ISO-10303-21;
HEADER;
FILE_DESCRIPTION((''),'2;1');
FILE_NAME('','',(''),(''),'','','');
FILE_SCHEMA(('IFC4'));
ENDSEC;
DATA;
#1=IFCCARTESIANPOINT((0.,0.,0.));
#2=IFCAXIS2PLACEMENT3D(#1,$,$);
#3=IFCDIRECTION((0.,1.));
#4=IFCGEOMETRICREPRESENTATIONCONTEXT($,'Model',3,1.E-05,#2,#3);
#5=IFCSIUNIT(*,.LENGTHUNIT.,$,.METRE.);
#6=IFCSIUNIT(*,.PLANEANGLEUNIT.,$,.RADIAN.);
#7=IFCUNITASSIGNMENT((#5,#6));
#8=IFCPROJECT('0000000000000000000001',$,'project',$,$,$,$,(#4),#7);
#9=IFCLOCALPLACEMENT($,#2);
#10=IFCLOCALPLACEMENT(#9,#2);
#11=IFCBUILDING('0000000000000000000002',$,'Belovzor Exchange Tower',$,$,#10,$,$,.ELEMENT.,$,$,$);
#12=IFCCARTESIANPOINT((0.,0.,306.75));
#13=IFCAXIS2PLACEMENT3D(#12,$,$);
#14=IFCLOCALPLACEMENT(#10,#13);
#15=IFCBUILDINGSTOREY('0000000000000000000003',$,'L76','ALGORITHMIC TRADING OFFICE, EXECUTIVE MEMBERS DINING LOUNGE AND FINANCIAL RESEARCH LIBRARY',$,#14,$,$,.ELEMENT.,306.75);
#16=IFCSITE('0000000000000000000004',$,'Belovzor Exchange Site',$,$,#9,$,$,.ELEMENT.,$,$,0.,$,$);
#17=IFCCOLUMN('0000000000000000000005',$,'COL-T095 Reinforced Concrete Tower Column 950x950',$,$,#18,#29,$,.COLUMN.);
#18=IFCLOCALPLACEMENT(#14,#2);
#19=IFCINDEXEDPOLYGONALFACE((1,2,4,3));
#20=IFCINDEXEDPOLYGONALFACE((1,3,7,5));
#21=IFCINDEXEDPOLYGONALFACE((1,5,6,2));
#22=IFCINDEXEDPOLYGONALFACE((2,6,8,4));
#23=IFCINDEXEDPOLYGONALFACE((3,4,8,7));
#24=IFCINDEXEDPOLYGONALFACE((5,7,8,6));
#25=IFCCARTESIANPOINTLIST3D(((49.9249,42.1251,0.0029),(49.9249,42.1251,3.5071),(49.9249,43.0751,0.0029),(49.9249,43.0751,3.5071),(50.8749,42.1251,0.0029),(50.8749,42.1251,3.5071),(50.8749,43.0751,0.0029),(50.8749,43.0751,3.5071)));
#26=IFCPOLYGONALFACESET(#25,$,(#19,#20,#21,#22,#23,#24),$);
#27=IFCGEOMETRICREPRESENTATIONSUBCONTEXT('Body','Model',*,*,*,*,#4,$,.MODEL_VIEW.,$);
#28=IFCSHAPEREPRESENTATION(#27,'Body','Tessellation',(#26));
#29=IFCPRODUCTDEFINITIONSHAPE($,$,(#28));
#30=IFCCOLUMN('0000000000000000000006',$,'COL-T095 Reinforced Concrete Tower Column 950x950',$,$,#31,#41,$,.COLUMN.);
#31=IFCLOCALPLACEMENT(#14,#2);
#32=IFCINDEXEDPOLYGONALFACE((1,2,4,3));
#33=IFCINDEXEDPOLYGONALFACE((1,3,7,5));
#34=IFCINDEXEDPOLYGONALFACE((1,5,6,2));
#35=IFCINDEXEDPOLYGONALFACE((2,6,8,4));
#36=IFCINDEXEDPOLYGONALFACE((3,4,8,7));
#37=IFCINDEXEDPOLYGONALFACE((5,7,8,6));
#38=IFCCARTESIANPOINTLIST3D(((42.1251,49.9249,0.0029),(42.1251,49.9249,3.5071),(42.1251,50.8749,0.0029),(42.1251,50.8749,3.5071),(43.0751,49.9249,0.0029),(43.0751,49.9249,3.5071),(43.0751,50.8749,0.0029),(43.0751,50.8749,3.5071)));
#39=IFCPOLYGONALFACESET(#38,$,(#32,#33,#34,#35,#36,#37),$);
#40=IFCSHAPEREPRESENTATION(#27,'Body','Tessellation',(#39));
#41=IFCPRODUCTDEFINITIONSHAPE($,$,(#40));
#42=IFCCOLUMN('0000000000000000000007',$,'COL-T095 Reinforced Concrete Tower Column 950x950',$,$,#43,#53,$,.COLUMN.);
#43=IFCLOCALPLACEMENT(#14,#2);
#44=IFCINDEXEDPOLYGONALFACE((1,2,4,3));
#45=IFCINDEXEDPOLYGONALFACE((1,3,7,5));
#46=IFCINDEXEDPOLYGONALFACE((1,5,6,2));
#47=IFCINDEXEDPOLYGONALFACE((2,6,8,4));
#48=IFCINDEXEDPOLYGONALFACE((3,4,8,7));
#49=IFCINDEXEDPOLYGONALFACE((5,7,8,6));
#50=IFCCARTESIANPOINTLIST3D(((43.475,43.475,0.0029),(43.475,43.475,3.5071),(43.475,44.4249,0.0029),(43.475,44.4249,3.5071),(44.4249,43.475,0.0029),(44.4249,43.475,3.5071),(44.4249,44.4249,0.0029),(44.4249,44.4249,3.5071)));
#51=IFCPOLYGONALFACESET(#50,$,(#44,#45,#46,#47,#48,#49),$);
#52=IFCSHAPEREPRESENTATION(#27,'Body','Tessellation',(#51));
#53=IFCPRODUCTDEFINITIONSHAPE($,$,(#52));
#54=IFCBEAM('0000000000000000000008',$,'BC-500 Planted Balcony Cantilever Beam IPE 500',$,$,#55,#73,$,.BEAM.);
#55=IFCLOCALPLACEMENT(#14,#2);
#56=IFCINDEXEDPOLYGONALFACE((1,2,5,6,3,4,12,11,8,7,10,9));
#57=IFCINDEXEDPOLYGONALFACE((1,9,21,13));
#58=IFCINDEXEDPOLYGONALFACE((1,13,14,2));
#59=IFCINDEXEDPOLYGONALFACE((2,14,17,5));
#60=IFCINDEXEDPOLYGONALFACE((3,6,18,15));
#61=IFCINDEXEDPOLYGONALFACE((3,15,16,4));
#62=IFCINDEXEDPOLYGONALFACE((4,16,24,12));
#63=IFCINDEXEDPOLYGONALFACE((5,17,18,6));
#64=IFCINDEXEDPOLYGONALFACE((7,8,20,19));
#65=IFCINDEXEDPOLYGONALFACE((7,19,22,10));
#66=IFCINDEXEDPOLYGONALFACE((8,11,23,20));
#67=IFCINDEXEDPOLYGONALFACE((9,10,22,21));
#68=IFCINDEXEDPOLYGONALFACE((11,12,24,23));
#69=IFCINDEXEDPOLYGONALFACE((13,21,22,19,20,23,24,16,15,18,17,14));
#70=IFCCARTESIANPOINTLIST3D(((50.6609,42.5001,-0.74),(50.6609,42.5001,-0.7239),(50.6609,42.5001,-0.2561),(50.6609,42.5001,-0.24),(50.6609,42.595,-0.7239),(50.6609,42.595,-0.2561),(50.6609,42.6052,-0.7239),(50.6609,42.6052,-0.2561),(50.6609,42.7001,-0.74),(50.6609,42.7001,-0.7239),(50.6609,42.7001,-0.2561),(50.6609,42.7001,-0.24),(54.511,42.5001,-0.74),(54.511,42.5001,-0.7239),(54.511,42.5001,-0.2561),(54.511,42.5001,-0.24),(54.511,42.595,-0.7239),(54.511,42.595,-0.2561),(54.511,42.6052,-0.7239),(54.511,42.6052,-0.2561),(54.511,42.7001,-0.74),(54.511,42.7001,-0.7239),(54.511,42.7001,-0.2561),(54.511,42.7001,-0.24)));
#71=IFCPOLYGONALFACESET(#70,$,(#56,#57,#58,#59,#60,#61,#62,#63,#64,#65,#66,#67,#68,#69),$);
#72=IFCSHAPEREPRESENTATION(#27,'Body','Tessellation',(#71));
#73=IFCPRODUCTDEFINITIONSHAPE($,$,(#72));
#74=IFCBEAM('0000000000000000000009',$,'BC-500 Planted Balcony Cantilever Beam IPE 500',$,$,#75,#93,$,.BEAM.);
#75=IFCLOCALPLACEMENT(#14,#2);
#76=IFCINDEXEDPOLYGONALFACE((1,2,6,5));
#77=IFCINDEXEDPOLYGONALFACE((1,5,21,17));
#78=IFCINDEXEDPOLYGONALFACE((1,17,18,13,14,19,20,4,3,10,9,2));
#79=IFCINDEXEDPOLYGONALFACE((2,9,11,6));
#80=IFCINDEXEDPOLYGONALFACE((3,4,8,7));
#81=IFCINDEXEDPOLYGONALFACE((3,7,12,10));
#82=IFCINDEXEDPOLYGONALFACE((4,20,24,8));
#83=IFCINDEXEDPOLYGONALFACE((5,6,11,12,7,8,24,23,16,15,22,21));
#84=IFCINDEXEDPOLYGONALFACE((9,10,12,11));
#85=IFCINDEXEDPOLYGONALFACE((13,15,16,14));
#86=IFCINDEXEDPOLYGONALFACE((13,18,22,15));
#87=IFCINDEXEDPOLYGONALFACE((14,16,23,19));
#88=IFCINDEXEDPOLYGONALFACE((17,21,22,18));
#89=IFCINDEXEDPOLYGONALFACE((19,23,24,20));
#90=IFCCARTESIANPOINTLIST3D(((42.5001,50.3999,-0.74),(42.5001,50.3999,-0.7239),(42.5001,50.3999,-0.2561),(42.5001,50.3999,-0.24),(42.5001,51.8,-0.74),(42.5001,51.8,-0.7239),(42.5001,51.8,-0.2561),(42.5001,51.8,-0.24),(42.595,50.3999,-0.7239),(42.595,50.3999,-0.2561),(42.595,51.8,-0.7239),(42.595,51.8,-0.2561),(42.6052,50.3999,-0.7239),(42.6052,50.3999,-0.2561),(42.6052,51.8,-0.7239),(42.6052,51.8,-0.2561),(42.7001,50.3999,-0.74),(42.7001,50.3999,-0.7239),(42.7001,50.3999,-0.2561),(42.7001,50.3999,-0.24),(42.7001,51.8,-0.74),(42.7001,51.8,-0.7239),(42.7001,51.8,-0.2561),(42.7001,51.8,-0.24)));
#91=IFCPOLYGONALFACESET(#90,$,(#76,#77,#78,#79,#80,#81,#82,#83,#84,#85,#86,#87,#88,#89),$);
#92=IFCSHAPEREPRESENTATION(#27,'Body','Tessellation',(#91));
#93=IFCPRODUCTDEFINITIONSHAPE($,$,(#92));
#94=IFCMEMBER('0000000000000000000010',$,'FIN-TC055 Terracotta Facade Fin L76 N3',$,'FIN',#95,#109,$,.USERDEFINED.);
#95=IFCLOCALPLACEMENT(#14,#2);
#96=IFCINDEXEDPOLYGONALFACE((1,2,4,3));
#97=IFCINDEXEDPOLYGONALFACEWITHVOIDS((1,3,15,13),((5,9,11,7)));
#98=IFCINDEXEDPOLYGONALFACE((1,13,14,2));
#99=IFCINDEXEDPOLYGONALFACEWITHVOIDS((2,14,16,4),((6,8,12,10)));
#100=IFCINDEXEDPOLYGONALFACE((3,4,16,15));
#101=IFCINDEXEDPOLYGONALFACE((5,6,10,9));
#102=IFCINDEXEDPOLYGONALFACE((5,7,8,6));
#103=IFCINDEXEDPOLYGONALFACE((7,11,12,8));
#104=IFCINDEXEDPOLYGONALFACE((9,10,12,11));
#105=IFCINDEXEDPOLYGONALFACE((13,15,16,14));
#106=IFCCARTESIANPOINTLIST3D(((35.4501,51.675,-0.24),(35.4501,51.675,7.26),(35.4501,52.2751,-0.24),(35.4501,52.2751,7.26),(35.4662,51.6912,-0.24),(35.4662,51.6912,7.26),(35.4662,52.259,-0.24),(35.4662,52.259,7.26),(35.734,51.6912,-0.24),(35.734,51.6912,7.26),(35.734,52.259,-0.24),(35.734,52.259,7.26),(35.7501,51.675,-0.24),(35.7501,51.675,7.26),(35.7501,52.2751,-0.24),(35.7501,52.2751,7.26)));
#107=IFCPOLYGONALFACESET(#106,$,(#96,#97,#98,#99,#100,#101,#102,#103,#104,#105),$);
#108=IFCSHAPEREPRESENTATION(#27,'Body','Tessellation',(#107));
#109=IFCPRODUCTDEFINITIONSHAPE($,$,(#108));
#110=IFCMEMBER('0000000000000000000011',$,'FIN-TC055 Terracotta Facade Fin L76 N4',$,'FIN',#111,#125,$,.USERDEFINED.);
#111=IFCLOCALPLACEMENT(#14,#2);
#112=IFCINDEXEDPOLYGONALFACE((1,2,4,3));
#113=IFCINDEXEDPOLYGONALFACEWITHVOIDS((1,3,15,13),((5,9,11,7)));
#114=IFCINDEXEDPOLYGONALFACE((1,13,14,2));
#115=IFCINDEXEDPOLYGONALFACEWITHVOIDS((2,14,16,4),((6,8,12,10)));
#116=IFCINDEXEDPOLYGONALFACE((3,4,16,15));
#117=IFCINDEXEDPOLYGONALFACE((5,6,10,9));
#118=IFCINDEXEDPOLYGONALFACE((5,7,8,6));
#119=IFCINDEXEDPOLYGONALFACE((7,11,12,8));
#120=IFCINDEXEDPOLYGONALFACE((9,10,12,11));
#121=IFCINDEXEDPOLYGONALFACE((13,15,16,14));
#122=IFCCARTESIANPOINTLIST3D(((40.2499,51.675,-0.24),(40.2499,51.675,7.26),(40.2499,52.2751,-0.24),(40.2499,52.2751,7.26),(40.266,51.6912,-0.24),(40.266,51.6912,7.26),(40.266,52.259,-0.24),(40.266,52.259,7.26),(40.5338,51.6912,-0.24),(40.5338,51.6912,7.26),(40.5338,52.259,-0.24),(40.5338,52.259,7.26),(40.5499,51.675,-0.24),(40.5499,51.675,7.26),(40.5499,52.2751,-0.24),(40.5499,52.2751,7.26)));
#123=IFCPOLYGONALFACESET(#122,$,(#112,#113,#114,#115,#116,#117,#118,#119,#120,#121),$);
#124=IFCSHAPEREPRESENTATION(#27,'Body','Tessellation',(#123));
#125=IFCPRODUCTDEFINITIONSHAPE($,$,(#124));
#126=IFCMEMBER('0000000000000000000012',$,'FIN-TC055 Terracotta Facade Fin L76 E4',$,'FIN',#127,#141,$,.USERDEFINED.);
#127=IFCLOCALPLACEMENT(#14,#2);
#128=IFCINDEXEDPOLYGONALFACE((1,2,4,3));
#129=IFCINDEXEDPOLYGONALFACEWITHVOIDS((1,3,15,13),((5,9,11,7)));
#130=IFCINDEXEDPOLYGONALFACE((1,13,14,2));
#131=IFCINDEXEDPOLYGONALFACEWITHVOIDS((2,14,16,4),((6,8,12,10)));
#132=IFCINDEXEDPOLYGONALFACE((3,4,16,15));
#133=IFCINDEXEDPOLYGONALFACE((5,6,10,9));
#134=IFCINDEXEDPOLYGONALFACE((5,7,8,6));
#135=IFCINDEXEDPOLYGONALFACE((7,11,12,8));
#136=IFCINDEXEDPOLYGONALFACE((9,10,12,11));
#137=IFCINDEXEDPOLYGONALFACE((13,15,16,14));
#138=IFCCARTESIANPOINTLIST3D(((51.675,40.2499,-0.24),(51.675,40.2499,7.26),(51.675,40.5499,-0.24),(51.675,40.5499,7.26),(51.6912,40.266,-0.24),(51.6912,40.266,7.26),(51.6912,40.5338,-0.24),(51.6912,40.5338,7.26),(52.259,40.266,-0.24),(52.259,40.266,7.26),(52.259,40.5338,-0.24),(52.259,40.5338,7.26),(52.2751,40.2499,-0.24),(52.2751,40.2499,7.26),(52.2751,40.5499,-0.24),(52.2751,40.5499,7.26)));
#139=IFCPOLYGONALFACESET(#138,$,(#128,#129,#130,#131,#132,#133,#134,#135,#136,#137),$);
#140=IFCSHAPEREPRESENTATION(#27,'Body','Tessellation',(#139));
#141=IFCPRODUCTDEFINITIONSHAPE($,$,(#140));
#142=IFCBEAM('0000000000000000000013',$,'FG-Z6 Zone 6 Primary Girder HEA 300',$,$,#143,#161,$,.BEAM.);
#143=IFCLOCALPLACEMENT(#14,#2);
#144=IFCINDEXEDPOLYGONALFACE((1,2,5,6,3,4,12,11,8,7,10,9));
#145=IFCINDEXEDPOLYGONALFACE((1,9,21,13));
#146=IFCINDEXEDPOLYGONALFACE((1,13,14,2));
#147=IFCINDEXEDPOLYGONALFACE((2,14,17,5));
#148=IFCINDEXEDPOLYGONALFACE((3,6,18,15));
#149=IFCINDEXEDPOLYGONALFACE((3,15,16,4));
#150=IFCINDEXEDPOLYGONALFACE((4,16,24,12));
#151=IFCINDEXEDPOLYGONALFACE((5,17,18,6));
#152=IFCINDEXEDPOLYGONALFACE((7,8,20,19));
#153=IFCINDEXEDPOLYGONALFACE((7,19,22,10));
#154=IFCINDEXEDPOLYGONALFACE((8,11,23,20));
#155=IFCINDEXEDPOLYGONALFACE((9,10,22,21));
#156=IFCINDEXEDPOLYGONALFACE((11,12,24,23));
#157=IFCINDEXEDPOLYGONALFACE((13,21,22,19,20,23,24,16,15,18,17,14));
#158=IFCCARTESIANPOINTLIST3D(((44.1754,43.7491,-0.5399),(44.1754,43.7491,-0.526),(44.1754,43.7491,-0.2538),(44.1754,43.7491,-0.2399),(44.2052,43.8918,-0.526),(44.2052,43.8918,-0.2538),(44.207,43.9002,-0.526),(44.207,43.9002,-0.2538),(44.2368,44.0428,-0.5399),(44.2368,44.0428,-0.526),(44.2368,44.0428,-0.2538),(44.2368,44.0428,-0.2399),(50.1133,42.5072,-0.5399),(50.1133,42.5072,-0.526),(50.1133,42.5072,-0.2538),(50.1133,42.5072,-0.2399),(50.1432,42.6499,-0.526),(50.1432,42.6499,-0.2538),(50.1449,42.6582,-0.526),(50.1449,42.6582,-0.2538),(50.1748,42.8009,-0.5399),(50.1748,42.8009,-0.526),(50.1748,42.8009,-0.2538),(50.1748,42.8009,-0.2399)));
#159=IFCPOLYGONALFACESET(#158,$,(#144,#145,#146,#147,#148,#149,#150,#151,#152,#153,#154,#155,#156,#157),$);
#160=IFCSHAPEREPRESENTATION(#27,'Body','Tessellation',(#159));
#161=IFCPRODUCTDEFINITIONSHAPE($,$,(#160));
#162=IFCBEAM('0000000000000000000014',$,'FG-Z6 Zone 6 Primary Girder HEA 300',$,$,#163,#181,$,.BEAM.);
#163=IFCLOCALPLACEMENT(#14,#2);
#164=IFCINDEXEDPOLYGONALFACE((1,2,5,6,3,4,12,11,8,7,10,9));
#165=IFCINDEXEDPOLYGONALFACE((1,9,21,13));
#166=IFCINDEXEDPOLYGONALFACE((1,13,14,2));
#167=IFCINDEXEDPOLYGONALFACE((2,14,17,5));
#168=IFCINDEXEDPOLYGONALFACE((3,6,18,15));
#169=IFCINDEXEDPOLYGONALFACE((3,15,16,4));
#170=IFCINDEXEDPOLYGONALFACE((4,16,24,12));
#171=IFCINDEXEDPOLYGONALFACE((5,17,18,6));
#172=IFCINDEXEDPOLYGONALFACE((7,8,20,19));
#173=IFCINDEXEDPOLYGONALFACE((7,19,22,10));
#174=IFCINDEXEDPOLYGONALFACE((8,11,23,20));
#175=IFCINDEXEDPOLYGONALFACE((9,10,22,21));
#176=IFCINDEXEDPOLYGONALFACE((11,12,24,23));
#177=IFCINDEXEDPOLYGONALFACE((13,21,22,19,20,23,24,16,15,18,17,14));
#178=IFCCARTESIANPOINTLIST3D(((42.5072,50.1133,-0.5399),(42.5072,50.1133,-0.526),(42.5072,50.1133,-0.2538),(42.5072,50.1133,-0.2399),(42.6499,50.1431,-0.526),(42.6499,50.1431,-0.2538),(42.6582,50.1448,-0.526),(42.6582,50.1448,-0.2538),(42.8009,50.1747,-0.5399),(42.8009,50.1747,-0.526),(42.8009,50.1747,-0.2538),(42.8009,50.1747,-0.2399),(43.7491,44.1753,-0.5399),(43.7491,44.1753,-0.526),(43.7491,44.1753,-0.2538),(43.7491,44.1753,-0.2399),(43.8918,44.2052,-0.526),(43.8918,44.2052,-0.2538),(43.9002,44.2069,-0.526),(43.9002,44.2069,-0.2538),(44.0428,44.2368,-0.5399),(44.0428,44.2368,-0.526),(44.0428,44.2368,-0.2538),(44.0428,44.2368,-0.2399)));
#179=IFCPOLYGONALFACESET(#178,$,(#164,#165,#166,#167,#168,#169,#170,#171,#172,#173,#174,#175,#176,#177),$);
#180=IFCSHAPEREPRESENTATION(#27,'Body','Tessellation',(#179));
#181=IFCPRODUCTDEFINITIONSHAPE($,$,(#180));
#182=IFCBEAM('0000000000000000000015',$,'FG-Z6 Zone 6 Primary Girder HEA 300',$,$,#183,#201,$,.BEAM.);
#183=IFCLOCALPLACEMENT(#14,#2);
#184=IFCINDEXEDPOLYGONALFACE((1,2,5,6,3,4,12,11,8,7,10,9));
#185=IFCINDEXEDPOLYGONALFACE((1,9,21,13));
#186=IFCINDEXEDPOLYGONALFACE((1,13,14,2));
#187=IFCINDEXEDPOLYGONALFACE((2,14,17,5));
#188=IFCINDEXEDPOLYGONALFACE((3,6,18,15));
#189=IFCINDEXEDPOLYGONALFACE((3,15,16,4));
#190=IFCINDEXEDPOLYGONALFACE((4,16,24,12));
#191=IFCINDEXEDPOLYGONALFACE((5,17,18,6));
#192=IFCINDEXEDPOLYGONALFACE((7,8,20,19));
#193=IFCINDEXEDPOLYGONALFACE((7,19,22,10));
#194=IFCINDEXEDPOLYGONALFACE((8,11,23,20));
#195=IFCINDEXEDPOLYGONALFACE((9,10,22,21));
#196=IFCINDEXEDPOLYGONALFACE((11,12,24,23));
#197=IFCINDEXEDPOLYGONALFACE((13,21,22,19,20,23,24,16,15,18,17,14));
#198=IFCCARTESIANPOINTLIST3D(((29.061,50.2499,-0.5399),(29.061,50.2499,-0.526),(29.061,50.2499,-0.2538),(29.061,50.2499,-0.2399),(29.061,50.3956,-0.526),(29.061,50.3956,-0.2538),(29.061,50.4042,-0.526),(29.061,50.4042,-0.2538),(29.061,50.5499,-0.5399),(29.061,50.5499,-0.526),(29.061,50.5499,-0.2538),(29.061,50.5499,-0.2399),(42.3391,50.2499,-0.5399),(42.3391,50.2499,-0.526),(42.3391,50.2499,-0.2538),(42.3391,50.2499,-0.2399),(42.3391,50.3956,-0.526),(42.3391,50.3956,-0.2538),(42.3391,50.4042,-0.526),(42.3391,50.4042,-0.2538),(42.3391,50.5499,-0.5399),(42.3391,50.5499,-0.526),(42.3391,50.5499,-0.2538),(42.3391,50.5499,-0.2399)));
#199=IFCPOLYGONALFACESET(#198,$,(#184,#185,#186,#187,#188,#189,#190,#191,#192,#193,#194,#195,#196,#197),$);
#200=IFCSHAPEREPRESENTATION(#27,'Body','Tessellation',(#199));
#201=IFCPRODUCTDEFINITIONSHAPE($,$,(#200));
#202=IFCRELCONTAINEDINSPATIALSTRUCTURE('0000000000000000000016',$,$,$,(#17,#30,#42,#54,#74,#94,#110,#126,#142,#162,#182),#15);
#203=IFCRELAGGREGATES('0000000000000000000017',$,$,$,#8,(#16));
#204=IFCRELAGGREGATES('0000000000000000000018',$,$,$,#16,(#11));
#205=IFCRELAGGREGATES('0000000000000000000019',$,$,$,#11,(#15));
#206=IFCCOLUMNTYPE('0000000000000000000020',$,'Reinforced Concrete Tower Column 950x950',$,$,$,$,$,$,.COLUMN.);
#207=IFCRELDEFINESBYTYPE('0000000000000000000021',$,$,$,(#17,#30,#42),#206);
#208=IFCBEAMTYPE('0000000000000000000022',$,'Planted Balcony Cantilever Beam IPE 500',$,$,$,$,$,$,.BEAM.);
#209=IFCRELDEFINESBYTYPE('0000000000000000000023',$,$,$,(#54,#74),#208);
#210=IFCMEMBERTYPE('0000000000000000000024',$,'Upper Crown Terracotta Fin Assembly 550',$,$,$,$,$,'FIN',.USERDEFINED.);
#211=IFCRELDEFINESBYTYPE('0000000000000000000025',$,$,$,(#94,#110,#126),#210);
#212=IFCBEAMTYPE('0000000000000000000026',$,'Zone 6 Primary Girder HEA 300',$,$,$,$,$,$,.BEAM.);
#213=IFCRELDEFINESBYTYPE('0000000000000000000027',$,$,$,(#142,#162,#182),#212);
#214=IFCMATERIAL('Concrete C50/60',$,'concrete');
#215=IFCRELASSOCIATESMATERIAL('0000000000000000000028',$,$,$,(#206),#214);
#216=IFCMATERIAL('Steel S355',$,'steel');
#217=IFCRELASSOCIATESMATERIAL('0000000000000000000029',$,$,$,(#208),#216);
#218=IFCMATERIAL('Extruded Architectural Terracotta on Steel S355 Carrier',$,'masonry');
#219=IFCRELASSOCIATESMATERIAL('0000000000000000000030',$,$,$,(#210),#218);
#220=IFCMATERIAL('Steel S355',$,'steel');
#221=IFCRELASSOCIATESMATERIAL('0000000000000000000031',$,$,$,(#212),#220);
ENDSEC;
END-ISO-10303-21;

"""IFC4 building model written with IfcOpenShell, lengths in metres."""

from ifc_helpers import new_model, si_unit, direction, frame, origin, origin_2d, place, context, subcontext, project, spatial, rectangle, hollow_rectangle, i_section, extrude, material, material_profile, profile_set, type_object, element, save


model = new_model("IFC4")

# Units and contexts
model_context = context("Model", 3, precision=1e-05, world=origin(), true_north=direction((0.0, 1.0)))
body_context = subcontext(model_context, "Body", "Model", "MODEL_VIEW")
ifc_project = project(units=[si_unit("LENGTHUNIT", "METRE"), si_unit("PLANEANGLEUNIT", "RADIAN")], contexts=[model_context])

# Site, building, storey
site_placement = place(None, origin())
site = spatial("IfcSite", under=ifc_project, at=site_placement, Name="Belovzor Exchange Site", CompositionType="ELEMENT", RefElevation=0.0)
building_placement = place(site_placement, origin())
building = spatial("IfcBuilding", under=site, at=building_placement, Name="Belovzor Exchange Tower", CompositionType="ELEMENT")
storey_placement = place(building_placement, frame((0.0, 0.0, 306.75)))
storey = spatial("IfcBuildingStorey", under=building, at=storey_placement, Name="L76", Description="ALGORITHMIC TRADING OFFICE, EXECUTIVE MEMBERS DINING LOUNGE AND FINANCIAL RESEARCH LIBRARY", CompositionType="ELEMENT", Elevation=306.75)

# Columns
ifc_material_1 = material(Name="Concrete C50/60", Category="concrete")
ifc_material_profile_1 = material_profile(ifc_material_1, rectangle(XDim=0.95, YDim=0.95, at=origin_2d()))
ifc_profile_set_1 = profile_set([ifc_material_profile_1], Name="Concrete C50/60")
column_type = type_object("IfcColumnType", Name="Reinforced Concrete Tower Column 950x950", PredefinedType="COLUMN", material=ifc_profile_set_1)
for number, where, z_axis, x_axis, name in (
    (1, (50.3999, 42.6001, 0.0029), (0.0, 0.0, 1.0), (1.0, 0.0, 0.0), "COL-T095 Reinforced Concrete Tower Column 950x950"),
    (2, (42.6001, 50.3999, 0.0029), (0.0, 0.0, 1.0), (1.0, 0.0, 0.0), "COL-T095 Reinforced Concrete Tower Column 950x950"),
    (3, (43.95, 43.95, 0.0029), (0.0, 0.0, 1.0), (1.0, 0.0, 0.0), "COL-T095 Reinforced Concrete Tower Column 950x950"),
):
    element("IfcColumn", number, at=place(storey_placement, frame(where, z_axis=z_axis, x_axis=x_axis)), inside=storey, type_object=column_type, Name=name, PredefinedType="COLUMN", context=body_context, shape_type="SweptSolid", body=[
        extrude(rectangle(XDim=0.95, YDim=0.95, at=origin_2d()), origin(), (0.0, 0.0, 1.0), 3.5042),
    ])

# Beams
ifc_material_2 = material(Name="Steel S355", Category="steel")
ifc_material_profile_2 = material_profile(ifc_material_2, i_section(OverallWidth=0.2, OverallDepth=0.5, WebThickness=0.0103, FlangeThickness=0.0161, at=origin_2d()))
ifc_profile_set_2 = profile_set([ifc_material_profile_2], Name="Steel S355")
beam_type_1 = type_object("IfcBeamType", Name="Planted Balcony Cantilever Beam IPE 500", PredefinedType="BEAM", material=ifc_profile_set_2)
beam_1_placement = place(storey_placement, frame((50.6609, 42.6001, -0.49), z_axis=(1.0, 0.0, 0.0), x_axis=(0.0, 1.0, 0.0)))
element("IfcBeam", 4, at=beam_1_placement, inside=storey, type_object=beam_type_1, Name="BC-500 Planted Balcony Cantilever Beam IPE 500", PredefinedType="BEAM", context=body_context, shape_type="SweptSolid", body=[
    extrude(i_section(OverallWidth=0.2, OverallDepth=0.5, WebThickness=0.0103, FlangeThickness=0.0161, at=origin_2d()), origin(), (0.0, 0.0, 1.0), 3.8501),
])
beam_2_placement = place(storey_placement, frame((42.6001, 50.3999, -0.49), z_axis=(0.0, 1.0, 0.0), x_axis=(-1.0, 0.0, 0.0)))
element("IfcBeam", 5, at=beam_2_placement, inside=storey, type_object=beam_type_1, Name="BC-500 Planted Balcony Cantilever Beam IPE 500", PredefinedType="BEAM", context=body_context, shape_type="SweptSolid", body=[
    extrude(i_section(OverallWidth=0.2, OverallDepth=0.5, WebThickness=0.0103, FlangeThickness=0.0161, at=origin_2d()), origin(), (0.0, 0.0, 1.0), 1.4001),
])

# Members
ifc_material_3 = material(Name="Extruded Architectural Terracotta on Steel S355 Carrier", Category="masonry")
ifc_material_profile_3 = material_profile(ifc_material_3, hollow_rectangle(XDim=0.3, YDim=0.6001, WallThickness=0.0161, at=origin_2d()))
ifc_profile_set_3 = profile_set([ifc_material_profile_3], Name="Extruded Architectural Terracotta on Steel S355 Carrier")
member_type = type_object("IfcMemberType", Name="Upper Crown Terracotta Fin Assembly 550", ElementType="FIN", PredefinedType="USERDEFINED", material=ifc_profile_set_3)
for number, where, z_axis, x_axis, name in (
    (6, (35.6001, 51.9751, -0.24), (0.0, 0.0, 1.0), (1.0, 0.0, 0.0), "FIN-TC055 Terracotta Facade Fin L76 N3"),
    (7, (40.3999, 51.9751, -0.24), (0.0, 0.0, 1.0), (1.0, 0.0, 0.0), "FIN-TC055 Terracotta Facade Fin L76 N4"),
    (8, (51.9751, 40.3999, -0.24), (0.0, 0.0, 1.0), (0.0, 1.0, 0.0), "FIN-TC055 Terracotta Facade Fin L76 E4"),
):
    element("IfcMember", number, at=place(storey_placement, frame(where, z_axis=z_axis, x_axis=x_axis)), inside=storey, type_object=member_type, Name=name, ObjectType="FIN", PredefinedType="USERDEFINED", context=body_context, shape_type="SweptSolid", body=[
        extrude(hollow_rectangle(XDim=0.3, YDim=0.6001, WallThickness=0.0161, at=origin_2d()), origin(), (0.0, 0.0, 1.0), 7.5),
    ])

# Beams
ifc_material_4 = material(Name="Steel S355", Category="steel")
ifc_material_profile_4 = material_profile(ifc_material_4, i_section(OverallWidth=0.3, OverallDepth=0.3, WebThickness=0.0085, FlangeThickness=0.0139, at=origin_2d()))
ifc_profile_set_4 = profile_set([ifc_material_profile_4], Name="Steel S355")
beam_type_2 = type_object("IfcBeamType", Name="Zone 6 Primary Girder HEA 300", PredefinedType="BEAM", material=ifc_profile_set_4)
for number, where, z_axis, x_axis, name in (
    (9, (50.144, 42.6541, -0.3899), (-0.97882, 0.204722, 0.0), (-0.204722, -0.97882, 0.0), "FG-Z6 Zone 6 Primary Girder HEA 300"),
    (10, (43.896, 44.2061, -0.3899), (-0.204722, 0.97882, 0.0), (-0.97882, -0.204722, 0.0), "FG-Z6 Zone 6 Primary Girder HEA 300"),
):
    element("IfcBeam", number, at=place(storey_placement, frame(where, z_axis=z_axis, x_axis=x_axis)), inside=storey, type_object=beam_type_2, Name=name, PredefinedType="BEAM", context=body_context, shape_type="SweptSolid", body=[
        extrude(i_section(OverallWidth=0.3, OverallDepth=0.3, WebThickness=0.0085, FlangeThickness=0.0139, at=origin_2d()), origin(), (0.0, 0.0, 1.0), 6.0664),
    ])
beam_3_placement = place(storey_placement, frame((42.3391, 50.3999, -0.3899), z_axis=(-1.0, 0.0, 0.0), x_axis=(0.0, -1.0, 0.0)))
element("IfcBeam", 11, at=beam_3_placement, inside=storey, type_object=beam_type_2, Name="FG-Z6 Zone 6 Primary Girder HEA 300", PredefinedType="BEAM", context=body_context, shape_type="SweptSolid", body=[
    extrude(i_section(OverallWidth=0.3, OverallDepth=0.3, WebThickness=0.0085, FlangeThickness=0.0139, at=origin_2d()), origin(), (0.0, 0.0, 1.0), 13.2781),
])

save(model, "model.ifc")
